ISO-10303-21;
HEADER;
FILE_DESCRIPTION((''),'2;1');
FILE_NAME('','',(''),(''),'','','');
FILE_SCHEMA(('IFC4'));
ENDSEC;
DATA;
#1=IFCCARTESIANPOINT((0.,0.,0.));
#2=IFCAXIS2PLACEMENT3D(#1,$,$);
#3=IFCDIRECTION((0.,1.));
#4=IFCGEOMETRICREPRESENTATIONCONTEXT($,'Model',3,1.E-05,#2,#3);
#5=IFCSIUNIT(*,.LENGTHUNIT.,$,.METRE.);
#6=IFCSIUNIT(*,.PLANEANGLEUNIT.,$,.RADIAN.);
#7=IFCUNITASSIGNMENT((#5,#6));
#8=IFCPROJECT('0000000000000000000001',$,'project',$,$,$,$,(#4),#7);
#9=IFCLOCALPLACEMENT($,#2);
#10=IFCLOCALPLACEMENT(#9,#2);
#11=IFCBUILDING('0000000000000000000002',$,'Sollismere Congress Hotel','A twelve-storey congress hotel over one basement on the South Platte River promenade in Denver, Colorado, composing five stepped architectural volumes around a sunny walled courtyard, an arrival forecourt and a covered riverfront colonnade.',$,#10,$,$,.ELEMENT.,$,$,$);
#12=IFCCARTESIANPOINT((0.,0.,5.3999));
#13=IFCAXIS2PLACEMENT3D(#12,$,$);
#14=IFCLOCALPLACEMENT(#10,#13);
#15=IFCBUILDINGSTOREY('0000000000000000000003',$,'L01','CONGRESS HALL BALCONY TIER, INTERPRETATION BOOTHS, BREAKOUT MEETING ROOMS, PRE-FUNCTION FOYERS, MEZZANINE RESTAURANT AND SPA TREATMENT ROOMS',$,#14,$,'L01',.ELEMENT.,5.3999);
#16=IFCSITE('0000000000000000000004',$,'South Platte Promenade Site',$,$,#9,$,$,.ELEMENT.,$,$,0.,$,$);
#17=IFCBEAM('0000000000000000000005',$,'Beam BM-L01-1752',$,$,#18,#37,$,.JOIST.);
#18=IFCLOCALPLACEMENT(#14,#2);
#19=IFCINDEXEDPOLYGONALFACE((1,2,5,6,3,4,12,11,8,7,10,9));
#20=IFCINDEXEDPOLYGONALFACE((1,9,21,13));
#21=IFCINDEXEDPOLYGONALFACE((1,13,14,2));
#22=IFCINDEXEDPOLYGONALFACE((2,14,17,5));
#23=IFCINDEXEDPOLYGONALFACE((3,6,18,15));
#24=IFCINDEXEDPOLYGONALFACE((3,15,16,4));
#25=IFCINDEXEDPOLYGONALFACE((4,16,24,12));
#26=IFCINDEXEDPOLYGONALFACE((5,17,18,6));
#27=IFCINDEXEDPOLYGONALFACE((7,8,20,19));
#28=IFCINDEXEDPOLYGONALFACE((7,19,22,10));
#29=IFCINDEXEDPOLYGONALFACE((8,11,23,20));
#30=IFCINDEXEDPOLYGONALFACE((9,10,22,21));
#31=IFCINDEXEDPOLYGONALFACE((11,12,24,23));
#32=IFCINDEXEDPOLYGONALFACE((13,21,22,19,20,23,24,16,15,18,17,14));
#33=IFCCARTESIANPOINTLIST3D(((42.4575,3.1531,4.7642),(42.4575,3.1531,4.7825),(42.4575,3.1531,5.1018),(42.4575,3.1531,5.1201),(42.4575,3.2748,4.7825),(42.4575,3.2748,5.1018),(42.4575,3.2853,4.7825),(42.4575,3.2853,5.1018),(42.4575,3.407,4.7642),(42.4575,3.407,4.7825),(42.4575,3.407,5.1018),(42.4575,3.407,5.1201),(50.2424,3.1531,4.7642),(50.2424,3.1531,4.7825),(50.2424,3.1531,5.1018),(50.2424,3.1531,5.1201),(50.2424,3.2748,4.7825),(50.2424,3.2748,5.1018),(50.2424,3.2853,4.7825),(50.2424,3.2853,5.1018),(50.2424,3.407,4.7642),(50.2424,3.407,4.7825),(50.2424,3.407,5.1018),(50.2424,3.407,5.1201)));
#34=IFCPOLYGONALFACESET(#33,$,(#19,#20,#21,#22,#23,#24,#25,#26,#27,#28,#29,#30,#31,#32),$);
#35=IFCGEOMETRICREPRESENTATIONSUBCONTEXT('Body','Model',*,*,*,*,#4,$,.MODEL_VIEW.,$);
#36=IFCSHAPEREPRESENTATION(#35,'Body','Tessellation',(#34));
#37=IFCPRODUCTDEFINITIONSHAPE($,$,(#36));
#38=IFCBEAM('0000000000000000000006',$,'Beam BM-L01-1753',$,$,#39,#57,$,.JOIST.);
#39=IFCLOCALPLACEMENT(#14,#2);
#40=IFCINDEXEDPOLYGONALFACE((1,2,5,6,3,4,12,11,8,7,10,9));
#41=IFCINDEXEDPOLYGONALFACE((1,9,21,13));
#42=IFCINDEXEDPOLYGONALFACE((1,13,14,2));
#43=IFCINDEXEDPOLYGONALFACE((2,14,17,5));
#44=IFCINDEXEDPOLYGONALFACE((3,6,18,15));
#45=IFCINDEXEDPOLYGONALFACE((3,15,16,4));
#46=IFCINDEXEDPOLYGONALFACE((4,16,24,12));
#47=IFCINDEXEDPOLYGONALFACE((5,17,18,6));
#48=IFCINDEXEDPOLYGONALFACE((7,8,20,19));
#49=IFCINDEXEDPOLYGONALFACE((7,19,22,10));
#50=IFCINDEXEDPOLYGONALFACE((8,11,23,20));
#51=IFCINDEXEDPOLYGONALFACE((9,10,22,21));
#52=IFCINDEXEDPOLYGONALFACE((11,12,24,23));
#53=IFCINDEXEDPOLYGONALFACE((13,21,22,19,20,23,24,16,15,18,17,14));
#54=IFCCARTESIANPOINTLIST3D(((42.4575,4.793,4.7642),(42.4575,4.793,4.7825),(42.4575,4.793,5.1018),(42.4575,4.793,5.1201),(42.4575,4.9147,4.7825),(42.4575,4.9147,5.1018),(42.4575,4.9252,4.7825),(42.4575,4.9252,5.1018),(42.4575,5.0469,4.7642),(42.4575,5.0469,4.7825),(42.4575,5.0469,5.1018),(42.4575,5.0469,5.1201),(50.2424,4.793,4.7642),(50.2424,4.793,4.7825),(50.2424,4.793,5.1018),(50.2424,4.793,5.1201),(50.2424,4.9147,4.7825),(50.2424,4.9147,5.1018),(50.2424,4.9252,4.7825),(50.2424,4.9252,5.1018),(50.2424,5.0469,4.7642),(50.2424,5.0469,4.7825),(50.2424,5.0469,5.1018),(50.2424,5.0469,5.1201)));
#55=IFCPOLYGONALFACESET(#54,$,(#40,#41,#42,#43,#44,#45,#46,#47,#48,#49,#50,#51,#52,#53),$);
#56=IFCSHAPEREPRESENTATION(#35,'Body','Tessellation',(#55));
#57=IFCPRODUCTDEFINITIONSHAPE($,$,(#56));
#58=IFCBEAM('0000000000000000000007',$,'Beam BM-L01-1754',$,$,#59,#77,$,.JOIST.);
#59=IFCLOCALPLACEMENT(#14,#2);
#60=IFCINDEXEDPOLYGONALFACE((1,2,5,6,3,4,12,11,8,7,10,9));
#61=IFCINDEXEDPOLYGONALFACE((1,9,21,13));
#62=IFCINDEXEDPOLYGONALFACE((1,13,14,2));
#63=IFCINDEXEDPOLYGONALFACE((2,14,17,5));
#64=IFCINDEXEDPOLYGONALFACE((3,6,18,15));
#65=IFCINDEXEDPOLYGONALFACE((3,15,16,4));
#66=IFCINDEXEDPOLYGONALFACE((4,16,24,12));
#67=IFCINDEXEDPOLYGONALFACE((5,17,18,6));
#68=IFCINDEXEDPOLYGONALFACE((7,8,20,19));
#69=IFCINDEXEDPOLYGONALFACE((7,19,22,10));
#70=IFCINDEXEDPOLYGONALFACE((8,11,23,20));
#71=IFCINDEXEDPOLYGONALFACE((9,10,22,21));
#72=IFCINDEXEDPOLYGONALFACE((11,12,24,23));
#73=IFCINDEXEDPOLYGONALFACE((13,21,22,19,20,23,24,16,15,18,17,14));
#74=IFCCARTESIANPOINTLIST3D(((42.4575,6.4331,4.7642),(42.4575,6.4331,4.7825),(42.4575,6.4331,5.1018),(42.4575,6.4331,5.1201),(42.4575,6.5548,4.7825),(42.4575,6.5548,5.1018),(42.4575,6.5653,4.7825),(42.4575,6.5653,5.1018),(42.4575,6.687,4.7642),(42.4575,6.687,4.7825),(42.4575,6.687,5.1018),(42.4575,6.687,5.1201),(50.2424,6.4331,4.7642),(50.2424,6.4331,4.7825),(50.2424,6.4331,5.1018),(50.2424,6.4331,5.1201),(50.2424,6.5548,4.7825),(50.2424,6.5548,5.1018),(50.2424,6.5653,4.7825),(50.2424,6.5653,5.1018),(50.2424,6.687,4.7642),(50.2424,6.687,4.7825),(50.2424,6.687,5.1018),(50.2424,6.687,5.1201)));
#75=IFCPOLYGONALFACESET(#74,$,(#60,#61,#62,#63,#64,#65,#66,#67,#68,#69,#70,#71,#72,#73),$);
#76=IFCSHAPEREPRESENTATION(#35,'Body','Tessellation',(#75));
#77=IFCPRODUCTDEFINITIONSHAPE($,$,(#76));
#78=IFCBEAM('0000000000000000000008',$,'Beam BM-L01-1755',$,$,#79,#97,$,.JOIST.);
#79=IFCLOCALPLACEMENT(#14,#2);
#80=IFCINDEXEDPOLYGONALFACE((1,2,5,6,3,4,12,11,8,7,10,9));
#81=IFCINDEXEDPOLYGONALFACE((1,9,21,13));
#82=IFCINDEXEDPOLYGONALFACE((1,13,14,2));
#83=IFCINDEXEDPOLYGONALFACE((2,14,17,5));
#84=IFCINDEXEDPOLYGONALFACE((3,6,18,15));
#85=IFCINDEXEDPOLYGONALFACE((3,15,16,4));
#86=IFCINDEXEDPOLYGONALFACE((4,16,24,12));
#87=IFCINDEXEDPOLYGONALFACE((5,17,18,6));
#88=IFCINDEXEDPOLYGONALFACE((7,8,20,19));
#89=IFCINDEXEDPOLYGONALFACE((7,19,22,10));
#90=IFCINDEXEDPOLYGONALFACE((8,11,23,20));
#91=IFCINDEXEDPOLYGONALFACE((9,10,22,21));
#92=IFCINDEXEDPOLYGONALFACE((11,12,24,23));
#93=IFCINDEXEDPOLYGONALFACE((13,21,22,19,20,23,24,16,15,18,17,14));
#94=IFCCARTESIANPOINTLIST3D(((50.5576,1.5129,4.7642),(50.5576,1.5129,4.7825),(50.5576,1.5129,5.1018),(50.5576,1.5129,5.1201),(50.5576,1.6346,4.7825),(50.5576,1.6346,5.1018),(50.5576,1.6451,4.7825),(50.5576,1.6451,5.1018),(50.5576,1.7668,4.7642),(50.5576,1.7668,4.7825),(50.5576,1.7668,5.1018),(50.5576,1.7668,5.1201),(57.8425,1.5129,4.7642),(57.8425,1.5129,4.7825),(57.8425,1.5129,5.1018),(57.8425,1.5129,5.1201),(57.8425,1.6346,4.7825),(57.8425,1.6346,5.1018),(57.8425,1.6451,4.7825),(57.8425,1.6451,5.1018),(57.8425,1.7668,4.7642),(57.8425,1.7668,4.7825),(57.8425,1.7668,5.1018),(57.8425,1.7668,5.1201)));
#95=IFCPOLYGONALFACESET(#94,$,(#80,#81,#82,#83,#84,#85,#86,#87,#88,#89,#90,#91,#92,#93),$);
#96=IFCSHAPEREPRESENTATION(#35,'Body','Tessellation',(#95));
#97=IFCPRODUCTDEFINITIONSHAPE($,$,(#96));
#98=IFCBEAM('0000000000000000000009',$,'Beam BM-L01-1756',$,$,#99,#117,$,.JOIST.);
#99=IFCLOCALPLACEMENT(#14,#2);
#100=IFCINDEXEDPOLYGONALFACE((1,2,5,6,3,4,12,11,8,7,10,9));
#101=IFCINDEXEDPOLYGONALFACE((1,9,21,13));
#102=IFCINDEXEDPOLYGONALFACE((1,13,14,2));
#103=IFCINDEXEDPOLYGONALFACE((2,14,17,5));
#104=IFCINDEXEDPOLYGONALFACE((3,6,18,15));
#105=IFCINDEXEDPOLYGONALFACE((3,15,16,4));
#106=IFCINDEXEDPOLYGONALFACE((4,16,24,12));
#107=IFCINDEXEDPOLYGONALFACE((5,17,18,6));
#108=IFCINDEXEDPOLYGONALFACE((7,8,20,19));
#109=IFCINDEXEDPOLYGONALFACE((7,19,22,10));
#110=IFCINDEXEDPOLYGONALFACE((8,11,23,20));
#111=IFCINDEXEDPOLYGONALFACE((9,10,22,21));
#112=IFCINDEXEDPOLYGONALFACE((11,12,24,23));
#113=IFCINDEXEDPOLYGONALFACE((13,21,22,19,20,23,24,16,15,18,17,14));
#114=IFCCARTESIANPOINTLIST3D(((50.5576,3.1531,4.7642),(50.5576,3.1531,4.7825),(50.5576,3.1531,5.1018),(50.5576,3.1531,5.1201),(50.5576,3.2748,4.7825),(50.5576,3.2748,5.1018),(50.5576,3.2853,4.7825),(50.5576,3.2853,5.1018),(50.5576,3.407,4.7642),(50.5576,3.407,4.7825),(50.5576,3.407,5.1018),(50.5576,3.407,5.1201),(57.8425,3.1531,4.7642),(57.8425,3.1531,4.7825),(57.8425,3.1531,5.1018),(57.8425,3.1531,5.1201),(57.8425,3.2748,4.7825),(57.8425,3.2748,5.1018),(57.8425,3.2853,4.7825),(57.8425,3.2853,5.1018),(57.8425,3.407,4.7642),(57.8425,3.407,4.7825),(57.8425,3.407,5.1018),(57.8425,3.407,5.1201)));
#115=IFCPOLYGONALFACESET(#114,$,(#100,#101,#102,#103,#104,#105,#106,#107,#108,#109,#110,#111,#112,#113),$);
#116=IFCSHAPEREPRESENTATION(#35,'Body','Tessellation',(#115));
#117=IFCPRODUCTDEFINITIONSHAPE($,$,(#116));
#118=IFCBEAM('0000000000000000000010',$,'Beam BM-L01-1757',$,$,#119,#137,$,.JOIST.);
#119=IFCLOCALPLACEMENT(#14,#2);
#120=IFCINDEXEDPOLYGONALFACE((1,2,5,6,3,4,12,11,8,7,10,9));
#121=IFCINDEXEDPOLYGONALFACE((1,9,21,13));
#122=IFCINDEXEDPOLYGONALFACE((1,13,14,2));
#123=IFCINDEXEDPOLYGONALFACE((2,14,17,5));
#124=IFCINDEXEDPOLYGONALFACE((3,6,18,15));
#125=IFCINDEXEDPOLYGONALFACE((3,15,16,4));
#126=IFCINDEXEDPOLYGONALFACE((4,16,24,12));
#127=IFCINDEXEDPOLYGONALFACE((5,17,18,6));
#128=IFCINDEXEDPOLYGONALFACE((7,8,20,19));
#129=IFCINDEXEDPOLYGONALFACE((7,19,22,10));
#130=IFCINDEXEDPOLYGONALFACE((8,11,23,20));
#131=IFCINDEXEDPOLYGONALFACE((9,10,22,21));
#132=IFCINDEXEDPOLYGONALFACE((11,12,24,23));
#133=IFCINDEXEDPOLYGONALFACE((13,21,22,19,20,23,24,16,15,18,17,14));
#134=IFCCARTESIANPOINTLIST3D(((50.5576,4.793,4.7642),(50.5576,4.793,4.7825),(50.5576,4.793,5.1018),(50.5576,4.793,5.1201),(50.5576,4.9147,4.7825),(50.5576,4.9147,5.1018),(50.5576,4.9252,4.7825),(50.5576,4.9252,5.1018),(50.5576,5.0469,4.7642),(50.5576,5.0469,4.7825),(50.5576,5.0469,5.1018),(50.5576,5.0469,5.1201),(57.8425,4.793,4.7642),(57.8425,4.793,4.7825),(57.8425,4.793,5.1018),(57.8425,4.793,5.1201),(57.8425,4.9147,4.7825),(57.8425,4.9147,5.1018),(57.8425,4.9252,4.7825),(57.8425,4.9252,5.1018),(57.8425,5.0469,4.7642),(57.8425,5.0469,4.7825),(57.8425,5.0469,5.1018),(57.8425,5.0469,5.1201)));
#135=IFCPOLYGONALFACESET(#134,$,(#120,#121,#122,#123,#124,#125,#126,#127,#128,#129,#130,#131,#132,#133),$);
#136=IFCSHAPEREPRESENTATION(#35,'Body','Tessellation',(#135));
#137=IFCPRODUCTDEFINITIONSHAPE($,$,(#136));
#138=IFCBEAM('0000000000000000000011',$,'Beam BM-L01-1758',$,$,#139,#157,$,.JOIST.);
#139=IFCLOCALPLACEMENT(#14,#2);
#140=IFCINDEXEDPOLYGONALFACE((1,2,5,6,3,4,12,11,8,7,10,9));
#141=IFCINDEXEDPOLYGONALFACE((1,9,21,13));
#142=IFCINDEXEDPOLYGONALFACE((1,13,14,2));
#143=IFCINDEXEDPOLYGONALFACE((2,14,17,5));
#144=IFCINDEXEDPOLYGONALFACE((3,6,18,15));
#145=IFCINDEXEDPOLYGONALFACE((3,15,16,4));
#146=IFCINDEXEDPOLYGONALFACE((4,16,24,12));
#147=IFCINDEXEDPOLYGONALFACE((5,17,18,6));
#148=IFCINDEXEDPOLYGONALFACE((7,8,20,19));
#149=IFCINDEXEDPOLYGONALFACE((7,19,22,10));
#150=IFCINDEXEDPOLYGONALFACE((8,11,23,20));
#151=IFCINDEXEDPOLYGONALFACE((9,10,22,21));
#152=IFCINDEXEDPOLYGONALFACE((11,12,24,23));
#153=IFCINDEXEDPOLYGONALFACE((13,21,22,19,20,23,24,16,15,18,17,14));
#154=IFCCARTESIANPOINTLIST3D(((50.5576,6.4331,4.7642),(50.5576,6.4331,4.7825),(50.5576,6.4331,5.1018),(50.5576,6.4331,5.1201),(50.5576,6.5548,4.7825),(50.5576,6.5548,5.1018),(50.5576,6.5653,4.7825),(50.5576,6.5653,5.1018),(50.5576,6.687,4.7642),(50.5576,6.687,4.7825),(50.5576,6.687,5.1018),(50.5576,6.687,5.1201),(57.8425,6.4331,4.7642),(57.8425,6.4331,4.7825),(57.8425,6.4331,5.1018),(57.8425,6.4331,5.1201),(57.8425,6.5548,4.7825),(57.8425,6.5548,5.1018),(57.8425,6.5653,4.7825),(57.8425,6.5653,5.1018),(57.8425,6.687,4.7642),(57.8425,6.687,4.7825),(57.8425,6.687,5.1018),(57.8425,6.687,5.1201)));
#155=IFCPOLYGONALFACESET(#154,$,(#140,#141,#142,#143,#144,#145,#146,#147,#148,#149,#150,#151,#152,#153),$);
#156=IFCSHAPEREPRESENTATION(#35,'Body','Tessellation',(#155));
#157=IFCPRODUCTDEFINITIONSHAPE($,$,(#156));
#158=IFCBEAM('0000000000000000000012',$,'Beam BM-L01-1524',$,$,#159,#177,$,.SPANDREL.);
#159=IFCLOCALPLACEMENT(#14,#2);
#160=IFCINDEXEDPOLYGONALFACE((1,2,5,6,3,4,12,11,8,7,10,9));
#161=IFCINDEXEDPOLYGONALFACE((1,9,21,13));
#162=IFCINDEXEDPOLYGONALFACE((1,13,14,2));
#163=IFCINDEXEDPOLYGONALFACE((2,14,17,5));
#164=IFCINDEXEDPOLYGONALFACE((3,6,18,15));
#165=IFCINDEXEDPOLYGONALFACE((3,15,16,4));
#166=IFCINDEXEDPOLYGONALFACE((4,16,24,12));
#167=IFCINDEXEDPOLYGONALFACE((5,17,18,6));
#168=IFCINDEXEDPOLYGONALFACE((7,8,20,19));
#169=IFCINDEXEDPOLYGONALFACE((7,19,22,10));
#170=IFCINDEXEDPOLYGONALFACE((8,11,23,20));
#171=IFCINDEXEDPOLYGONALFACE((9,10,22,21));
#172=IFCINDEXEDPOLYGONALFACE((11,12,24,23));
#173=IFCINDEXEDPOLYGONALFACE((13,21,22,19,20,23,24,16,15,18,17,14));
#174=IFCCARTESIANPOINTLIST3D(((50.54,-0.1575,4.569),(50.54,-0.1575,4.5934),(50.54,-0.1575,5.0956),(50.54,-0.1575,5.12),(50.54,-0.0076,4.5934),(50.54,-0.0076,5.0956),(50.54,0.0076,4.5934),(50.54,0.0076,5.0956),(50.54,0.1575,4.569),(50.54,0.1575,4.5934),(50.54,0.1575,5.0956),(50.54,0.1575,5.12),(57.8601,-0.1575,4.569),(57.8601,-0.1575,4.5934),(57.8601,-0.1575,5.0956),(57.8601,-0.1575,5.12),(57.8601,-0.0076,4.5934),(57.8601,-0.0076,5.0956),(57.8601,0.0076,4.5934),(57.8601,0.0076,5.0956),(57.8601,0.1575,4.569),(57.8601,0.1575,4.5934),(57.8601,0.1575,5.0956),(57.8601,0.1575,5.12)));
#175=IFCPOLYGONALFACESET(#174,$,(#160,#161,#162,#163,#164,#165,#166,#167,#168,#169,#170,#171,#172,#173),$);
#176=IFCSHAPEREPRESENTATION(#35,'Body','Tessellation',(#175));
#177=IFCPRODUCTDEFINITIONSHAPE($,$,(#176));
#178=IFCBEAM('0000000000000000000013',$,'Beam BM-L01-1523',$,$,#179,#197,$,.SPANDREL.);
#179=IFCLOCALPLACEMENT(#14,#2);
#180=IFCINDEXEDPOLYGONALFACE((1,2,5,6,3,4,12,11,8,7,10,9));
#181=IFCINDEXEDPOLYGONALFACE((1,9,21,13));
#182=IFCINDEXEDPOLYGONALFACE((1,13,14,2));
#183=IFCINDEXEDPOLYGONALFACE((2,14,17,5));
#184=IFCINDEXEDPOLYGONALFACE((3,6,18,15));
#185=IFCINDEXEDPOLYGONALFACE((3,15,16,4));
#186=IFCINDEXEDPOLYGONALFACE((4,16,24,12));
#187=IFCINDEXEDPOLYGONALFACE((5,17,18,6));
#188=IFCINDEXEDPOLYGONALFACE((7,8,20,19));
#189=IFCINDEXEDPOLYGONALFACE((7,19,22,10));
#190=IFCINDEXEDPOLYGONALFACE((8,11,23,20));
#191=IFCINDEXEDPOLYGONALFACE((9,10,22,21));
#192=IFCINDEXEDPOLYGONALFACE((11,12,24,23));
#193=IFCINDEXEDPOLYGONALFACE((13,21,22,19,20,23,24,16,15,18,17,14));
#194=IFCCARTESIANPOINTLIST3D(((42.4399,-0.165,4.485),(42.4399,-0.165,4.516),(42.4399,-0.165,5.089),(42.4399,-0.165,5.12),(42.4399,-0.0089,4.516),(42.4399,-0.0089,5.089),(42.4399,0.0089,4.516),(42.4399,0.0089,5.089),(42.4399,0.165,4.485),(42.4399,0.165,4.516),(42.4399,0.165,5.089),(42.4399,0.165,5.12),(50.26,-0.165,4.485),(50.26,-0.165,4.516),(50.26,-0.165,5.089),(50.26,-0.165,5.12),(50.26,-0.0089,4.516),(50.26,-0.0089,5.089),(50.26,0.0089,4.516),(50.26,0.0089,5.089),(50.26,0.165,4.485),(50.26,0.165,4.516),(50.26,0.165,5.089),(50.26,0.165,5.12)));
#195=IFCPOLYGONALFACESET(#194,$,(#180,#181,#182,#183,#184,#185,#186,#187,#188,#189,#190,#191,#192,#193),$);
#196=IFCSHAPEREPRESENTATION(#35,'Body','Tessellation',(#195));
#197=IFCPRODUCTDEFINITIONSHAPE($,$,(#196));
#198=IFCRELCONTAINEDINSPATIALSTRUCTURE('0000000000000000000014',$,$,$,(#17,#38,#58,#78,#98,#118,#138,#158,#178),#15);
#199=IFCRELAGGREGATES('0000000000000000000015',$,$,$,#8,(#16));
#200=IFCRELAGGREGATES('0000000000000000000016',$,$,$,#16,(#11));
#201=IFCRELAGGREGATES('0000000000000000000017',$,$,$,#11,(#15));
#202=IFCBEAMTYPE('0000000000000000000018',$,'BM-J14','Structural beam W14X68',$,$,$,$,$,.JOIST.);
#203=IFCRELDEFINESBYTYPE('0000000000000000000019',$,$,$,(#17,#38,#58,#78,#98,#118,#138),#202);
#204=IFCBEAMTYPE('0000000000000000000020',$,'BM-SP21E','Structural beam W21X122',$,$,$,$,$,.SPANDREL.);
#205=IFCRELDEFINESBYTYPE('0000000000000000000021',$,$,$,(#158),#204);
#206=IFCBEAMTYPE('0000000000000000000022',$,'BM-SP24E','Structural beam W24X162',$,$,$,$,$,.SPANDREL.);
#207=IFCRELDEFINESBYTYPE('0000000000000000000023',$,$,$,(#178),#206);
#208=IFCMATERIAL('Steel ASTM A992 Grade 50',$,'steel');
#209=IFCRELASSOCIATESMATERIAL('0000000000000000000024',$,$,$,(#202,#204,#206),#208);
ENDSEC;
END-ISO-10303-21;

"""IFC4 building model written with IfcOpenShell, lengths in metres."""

from ifc_helpers import new_model, si_unit, direction, frame, origin, origin_2d, place, context, subcontext, project, spatial, i_section, extrude, material, material_profile, profile_set, type_object, element, save


model = new_model("IFC4")

# Units and contexts
model_context = context("Model", 3, precision=1e-05, world=origin(), true_north=direction((0.0, 1.0)))
body_context = subcontext(model_context, "Body", "Model", "MODEL_VIEW")
ifc_project = project(units=[si_unit("LENGTHUNIT", "METRE"), si_unit("PLANEANGLEUNIT", "RADIAN")], contexts=[model_context])

# Site, building, storey
site_placement = place(None, origin())
site = spatial("IfcSite", under=ifc_project, at=site_placement, Name="South Platte Promenade Site", CompositionType="ELEMENT", RefElevation=0.0)
building_placement = place(site_placement, origin())
building = spatial("IfcBuilding", under=site, at=building_placement, Name="Sollismere Congress Hotel", Description="A twelve-storey congress hotel over one basement on the South Platte River promenade in Denver, Colorado, composing five stepped architectural volumes around a sunny walled courtyard, an arrival forecourt and a covered riverfront colonnade.", CompositionType="ELEMENT")
storey_placement = place(building_placement, frame((0.0, 0.0, 5.3999)))
storey = spatial("IfcBuildingStorey", under=building, at=storey_placement, Name="L01", Description="CONGRESS HALL BALCONY TIER, INTERPRETATION BOOTHS, BREAKOUT MEETING ROOMS, PRE-FUNCTION FOYERS, MEZZANINE RESTAURANT AND SPA TREATMENT ROOMS", LongName="L01", CompositionType="ELEMENT", Elevation=5.3999)

# Shared definitions
ifc_material_1 = material(Name="Steel ASTM A992 Grade 50", Category="steel")

# Beams
ifc_material_profile_1 = material_profile(ifc_material_1, i_section(OverallWidth=0.2539, OverallDepth=0.356, WebThickness=0.0105, FlangeThickness=0.0183, at=origin_2d()), Name="W14X68")
ifc_profile_set_1 = profile_set([ifc_material_profile_1], Name="Steel ASTM A992 Grade 50")
beam_type_1 = type_object("IfcBeamType", Name="BM-J14", Description="Structural beam W14X68", PredefinedType="JOIST", material=ifc_profile_set_1)
for number, where, z_axis, x_axis, name in (
    (1, (42.4575, 3.28, 4.9421), (1.0, 0.0, 0.0), (0.0, 1.0, 0.0), "Beam BM-L01-1752"),
    (2, (42.4575, 4.9199, 4.9421), (1.0, 0.0, 0.0), (0.0, 1.0, 0.0), "Beam BM-L01-1753"),
    (3, (42.4575, 6.5601, 4.9421), (1.0, 0.0, 0.0), (0.0, 1.0, 0.0), "Beam BM-L01-1754"),
):
    element("IfcBeam", number, at=place(storey_placement, frame(where, z_axis=z_axis, x_axis=x_axis)), inside=storey, type_object=beam_type_1, Name=name, PredefinedType="JOIST", context=body_context, shape_type="SweptSolid", body=[
        extrude(i_section(OverallWidth=0.2539, OverallDepth=0.356, WebThickness=0.0105, FlangeThickness=0.0183, at=origin_2d()), origin(), (0.0, 0.0, 1.0), 7.7849),
    ])
for number, where, z_axis, x_axis, name in (
    (4, (50.5576, 1.6399, 4.9421), (1.0, 0.0, 0.0), (0.0, 1.0, 0.0), "Beam BM-L01-1755"),
    (5, (50.5576, 3.28, 4.9421), (1.0, 0.0, 0.0), (0.0, 1.0, 0.0), "Beam BM-L01-1756"),
    (6, (50.5576, 4.9199, 4.9421), (1.0, 0.0, 0.0), (0.0, 1.0, 0.0), "Beam BM-L01-1757"),
    (7, (50.5576, 6.5601, 4.9421), (1.0, 0.0, 0.0), (0.0, 1.0, 0.0), "Beam BM-L01-1758"),
):
    element("IfcBeam", number, at=place(storey_placement, frame(where, z_axis=z_axis, x_axis=x_axis)), inside=storey, type_object=beam_type_1, Name=name, PredefinedType="JOIST", context=body_context, shape_type="SweptSolid", body=[
        extrude(i_section(OverallWidth=0.2539, OverallDepth=0.356, WebThickness=0.0105, FlangeThickness=0.0183, at=origin_2d()), origin(), (0.0, 0.0, 1.0), 7.2849),
    ])
ifc_material_profile_2 = material_profile(ifc_material_1, i_section(OverallWidth=0.3149, OverallDepth=0.551, WebThickness=0.0151, FlangeThickness=0.0244, at=origin_2d()), Name="W21X122")
ifc_profile_set_2 = profile_set([ifc_material_profile_2], Name="Steel ASTM A992 Grade 50")
beam_type_2 = type_object("IfcBeamType", Name="BM-SP21E", Description="Structural beam W21X122", PredefinedType="SPANDREL", material=ifc_profile_set_2)
beam_1_placement = place(storey_placement, frame((50.54, 0.0, 4.8445), z_axis=(1.0, 0.0, 0.0), x_axis=(0.0, 1.0, 0.0)))
element("IfcBeam", 8, at=beam_1_placement, inside=storey, type_object=beam_type_2, Name="Beam BM-L01-1524", PredefinedType="SPANDREL", context=body_context, shape_type="SweptSolid", body=[
    extrude(i_section(OverallWidth=0.3149, OverallDepth=0.551, WebThickness=0.0151, FlangeThickness=0.0244, at=origin_2d()), origin(), (0.0, 0.0, 1.0), 7.3201),
])
ifc_material_profile_3 = material_profile(ifc_material_1, i_section(OverallWidth=0.3301, OverallDepth=0.635, WebThickness=0.0178, FlangeThickness=0.031, at=origin_2d()), Name="W24X162")
ifc_profile_set_3 = profile_set([ifc_material_profile_3], Name="Steel ASTM A992 Grade 50")
beam_type_3 = type_object("IfcBeamType", Name="BM-SP24E", Description="Structural beam W24X162", PredefinedType="SPANDREL", material=ifc_profile_set_3)
beam_2_placement = place(storey_placement, frame((42.4399, 0.0, 4.8025), z_axis=(1.0, 0.0, 0.0), x_axis=(0.0, 1.0, 0.0)))
element("IfcBeam", 9, at=beam_2_placement, inside=storey, type_object=beam_type_3, Name="Beam BM-L01-1523", PredefinedType="SPANDREL", context=body_context, shape_type="SweptSolid", body=[
    extrude(i_section(OverallWidth=0.3301, OverallDepth=0.635, WebThickness=0.0178, FlangeThickness=0.031, at=origin_2d()), origin(), (0.0, 0.0, 1.0), 7.8201),
])

save(model, "model.ifc")
